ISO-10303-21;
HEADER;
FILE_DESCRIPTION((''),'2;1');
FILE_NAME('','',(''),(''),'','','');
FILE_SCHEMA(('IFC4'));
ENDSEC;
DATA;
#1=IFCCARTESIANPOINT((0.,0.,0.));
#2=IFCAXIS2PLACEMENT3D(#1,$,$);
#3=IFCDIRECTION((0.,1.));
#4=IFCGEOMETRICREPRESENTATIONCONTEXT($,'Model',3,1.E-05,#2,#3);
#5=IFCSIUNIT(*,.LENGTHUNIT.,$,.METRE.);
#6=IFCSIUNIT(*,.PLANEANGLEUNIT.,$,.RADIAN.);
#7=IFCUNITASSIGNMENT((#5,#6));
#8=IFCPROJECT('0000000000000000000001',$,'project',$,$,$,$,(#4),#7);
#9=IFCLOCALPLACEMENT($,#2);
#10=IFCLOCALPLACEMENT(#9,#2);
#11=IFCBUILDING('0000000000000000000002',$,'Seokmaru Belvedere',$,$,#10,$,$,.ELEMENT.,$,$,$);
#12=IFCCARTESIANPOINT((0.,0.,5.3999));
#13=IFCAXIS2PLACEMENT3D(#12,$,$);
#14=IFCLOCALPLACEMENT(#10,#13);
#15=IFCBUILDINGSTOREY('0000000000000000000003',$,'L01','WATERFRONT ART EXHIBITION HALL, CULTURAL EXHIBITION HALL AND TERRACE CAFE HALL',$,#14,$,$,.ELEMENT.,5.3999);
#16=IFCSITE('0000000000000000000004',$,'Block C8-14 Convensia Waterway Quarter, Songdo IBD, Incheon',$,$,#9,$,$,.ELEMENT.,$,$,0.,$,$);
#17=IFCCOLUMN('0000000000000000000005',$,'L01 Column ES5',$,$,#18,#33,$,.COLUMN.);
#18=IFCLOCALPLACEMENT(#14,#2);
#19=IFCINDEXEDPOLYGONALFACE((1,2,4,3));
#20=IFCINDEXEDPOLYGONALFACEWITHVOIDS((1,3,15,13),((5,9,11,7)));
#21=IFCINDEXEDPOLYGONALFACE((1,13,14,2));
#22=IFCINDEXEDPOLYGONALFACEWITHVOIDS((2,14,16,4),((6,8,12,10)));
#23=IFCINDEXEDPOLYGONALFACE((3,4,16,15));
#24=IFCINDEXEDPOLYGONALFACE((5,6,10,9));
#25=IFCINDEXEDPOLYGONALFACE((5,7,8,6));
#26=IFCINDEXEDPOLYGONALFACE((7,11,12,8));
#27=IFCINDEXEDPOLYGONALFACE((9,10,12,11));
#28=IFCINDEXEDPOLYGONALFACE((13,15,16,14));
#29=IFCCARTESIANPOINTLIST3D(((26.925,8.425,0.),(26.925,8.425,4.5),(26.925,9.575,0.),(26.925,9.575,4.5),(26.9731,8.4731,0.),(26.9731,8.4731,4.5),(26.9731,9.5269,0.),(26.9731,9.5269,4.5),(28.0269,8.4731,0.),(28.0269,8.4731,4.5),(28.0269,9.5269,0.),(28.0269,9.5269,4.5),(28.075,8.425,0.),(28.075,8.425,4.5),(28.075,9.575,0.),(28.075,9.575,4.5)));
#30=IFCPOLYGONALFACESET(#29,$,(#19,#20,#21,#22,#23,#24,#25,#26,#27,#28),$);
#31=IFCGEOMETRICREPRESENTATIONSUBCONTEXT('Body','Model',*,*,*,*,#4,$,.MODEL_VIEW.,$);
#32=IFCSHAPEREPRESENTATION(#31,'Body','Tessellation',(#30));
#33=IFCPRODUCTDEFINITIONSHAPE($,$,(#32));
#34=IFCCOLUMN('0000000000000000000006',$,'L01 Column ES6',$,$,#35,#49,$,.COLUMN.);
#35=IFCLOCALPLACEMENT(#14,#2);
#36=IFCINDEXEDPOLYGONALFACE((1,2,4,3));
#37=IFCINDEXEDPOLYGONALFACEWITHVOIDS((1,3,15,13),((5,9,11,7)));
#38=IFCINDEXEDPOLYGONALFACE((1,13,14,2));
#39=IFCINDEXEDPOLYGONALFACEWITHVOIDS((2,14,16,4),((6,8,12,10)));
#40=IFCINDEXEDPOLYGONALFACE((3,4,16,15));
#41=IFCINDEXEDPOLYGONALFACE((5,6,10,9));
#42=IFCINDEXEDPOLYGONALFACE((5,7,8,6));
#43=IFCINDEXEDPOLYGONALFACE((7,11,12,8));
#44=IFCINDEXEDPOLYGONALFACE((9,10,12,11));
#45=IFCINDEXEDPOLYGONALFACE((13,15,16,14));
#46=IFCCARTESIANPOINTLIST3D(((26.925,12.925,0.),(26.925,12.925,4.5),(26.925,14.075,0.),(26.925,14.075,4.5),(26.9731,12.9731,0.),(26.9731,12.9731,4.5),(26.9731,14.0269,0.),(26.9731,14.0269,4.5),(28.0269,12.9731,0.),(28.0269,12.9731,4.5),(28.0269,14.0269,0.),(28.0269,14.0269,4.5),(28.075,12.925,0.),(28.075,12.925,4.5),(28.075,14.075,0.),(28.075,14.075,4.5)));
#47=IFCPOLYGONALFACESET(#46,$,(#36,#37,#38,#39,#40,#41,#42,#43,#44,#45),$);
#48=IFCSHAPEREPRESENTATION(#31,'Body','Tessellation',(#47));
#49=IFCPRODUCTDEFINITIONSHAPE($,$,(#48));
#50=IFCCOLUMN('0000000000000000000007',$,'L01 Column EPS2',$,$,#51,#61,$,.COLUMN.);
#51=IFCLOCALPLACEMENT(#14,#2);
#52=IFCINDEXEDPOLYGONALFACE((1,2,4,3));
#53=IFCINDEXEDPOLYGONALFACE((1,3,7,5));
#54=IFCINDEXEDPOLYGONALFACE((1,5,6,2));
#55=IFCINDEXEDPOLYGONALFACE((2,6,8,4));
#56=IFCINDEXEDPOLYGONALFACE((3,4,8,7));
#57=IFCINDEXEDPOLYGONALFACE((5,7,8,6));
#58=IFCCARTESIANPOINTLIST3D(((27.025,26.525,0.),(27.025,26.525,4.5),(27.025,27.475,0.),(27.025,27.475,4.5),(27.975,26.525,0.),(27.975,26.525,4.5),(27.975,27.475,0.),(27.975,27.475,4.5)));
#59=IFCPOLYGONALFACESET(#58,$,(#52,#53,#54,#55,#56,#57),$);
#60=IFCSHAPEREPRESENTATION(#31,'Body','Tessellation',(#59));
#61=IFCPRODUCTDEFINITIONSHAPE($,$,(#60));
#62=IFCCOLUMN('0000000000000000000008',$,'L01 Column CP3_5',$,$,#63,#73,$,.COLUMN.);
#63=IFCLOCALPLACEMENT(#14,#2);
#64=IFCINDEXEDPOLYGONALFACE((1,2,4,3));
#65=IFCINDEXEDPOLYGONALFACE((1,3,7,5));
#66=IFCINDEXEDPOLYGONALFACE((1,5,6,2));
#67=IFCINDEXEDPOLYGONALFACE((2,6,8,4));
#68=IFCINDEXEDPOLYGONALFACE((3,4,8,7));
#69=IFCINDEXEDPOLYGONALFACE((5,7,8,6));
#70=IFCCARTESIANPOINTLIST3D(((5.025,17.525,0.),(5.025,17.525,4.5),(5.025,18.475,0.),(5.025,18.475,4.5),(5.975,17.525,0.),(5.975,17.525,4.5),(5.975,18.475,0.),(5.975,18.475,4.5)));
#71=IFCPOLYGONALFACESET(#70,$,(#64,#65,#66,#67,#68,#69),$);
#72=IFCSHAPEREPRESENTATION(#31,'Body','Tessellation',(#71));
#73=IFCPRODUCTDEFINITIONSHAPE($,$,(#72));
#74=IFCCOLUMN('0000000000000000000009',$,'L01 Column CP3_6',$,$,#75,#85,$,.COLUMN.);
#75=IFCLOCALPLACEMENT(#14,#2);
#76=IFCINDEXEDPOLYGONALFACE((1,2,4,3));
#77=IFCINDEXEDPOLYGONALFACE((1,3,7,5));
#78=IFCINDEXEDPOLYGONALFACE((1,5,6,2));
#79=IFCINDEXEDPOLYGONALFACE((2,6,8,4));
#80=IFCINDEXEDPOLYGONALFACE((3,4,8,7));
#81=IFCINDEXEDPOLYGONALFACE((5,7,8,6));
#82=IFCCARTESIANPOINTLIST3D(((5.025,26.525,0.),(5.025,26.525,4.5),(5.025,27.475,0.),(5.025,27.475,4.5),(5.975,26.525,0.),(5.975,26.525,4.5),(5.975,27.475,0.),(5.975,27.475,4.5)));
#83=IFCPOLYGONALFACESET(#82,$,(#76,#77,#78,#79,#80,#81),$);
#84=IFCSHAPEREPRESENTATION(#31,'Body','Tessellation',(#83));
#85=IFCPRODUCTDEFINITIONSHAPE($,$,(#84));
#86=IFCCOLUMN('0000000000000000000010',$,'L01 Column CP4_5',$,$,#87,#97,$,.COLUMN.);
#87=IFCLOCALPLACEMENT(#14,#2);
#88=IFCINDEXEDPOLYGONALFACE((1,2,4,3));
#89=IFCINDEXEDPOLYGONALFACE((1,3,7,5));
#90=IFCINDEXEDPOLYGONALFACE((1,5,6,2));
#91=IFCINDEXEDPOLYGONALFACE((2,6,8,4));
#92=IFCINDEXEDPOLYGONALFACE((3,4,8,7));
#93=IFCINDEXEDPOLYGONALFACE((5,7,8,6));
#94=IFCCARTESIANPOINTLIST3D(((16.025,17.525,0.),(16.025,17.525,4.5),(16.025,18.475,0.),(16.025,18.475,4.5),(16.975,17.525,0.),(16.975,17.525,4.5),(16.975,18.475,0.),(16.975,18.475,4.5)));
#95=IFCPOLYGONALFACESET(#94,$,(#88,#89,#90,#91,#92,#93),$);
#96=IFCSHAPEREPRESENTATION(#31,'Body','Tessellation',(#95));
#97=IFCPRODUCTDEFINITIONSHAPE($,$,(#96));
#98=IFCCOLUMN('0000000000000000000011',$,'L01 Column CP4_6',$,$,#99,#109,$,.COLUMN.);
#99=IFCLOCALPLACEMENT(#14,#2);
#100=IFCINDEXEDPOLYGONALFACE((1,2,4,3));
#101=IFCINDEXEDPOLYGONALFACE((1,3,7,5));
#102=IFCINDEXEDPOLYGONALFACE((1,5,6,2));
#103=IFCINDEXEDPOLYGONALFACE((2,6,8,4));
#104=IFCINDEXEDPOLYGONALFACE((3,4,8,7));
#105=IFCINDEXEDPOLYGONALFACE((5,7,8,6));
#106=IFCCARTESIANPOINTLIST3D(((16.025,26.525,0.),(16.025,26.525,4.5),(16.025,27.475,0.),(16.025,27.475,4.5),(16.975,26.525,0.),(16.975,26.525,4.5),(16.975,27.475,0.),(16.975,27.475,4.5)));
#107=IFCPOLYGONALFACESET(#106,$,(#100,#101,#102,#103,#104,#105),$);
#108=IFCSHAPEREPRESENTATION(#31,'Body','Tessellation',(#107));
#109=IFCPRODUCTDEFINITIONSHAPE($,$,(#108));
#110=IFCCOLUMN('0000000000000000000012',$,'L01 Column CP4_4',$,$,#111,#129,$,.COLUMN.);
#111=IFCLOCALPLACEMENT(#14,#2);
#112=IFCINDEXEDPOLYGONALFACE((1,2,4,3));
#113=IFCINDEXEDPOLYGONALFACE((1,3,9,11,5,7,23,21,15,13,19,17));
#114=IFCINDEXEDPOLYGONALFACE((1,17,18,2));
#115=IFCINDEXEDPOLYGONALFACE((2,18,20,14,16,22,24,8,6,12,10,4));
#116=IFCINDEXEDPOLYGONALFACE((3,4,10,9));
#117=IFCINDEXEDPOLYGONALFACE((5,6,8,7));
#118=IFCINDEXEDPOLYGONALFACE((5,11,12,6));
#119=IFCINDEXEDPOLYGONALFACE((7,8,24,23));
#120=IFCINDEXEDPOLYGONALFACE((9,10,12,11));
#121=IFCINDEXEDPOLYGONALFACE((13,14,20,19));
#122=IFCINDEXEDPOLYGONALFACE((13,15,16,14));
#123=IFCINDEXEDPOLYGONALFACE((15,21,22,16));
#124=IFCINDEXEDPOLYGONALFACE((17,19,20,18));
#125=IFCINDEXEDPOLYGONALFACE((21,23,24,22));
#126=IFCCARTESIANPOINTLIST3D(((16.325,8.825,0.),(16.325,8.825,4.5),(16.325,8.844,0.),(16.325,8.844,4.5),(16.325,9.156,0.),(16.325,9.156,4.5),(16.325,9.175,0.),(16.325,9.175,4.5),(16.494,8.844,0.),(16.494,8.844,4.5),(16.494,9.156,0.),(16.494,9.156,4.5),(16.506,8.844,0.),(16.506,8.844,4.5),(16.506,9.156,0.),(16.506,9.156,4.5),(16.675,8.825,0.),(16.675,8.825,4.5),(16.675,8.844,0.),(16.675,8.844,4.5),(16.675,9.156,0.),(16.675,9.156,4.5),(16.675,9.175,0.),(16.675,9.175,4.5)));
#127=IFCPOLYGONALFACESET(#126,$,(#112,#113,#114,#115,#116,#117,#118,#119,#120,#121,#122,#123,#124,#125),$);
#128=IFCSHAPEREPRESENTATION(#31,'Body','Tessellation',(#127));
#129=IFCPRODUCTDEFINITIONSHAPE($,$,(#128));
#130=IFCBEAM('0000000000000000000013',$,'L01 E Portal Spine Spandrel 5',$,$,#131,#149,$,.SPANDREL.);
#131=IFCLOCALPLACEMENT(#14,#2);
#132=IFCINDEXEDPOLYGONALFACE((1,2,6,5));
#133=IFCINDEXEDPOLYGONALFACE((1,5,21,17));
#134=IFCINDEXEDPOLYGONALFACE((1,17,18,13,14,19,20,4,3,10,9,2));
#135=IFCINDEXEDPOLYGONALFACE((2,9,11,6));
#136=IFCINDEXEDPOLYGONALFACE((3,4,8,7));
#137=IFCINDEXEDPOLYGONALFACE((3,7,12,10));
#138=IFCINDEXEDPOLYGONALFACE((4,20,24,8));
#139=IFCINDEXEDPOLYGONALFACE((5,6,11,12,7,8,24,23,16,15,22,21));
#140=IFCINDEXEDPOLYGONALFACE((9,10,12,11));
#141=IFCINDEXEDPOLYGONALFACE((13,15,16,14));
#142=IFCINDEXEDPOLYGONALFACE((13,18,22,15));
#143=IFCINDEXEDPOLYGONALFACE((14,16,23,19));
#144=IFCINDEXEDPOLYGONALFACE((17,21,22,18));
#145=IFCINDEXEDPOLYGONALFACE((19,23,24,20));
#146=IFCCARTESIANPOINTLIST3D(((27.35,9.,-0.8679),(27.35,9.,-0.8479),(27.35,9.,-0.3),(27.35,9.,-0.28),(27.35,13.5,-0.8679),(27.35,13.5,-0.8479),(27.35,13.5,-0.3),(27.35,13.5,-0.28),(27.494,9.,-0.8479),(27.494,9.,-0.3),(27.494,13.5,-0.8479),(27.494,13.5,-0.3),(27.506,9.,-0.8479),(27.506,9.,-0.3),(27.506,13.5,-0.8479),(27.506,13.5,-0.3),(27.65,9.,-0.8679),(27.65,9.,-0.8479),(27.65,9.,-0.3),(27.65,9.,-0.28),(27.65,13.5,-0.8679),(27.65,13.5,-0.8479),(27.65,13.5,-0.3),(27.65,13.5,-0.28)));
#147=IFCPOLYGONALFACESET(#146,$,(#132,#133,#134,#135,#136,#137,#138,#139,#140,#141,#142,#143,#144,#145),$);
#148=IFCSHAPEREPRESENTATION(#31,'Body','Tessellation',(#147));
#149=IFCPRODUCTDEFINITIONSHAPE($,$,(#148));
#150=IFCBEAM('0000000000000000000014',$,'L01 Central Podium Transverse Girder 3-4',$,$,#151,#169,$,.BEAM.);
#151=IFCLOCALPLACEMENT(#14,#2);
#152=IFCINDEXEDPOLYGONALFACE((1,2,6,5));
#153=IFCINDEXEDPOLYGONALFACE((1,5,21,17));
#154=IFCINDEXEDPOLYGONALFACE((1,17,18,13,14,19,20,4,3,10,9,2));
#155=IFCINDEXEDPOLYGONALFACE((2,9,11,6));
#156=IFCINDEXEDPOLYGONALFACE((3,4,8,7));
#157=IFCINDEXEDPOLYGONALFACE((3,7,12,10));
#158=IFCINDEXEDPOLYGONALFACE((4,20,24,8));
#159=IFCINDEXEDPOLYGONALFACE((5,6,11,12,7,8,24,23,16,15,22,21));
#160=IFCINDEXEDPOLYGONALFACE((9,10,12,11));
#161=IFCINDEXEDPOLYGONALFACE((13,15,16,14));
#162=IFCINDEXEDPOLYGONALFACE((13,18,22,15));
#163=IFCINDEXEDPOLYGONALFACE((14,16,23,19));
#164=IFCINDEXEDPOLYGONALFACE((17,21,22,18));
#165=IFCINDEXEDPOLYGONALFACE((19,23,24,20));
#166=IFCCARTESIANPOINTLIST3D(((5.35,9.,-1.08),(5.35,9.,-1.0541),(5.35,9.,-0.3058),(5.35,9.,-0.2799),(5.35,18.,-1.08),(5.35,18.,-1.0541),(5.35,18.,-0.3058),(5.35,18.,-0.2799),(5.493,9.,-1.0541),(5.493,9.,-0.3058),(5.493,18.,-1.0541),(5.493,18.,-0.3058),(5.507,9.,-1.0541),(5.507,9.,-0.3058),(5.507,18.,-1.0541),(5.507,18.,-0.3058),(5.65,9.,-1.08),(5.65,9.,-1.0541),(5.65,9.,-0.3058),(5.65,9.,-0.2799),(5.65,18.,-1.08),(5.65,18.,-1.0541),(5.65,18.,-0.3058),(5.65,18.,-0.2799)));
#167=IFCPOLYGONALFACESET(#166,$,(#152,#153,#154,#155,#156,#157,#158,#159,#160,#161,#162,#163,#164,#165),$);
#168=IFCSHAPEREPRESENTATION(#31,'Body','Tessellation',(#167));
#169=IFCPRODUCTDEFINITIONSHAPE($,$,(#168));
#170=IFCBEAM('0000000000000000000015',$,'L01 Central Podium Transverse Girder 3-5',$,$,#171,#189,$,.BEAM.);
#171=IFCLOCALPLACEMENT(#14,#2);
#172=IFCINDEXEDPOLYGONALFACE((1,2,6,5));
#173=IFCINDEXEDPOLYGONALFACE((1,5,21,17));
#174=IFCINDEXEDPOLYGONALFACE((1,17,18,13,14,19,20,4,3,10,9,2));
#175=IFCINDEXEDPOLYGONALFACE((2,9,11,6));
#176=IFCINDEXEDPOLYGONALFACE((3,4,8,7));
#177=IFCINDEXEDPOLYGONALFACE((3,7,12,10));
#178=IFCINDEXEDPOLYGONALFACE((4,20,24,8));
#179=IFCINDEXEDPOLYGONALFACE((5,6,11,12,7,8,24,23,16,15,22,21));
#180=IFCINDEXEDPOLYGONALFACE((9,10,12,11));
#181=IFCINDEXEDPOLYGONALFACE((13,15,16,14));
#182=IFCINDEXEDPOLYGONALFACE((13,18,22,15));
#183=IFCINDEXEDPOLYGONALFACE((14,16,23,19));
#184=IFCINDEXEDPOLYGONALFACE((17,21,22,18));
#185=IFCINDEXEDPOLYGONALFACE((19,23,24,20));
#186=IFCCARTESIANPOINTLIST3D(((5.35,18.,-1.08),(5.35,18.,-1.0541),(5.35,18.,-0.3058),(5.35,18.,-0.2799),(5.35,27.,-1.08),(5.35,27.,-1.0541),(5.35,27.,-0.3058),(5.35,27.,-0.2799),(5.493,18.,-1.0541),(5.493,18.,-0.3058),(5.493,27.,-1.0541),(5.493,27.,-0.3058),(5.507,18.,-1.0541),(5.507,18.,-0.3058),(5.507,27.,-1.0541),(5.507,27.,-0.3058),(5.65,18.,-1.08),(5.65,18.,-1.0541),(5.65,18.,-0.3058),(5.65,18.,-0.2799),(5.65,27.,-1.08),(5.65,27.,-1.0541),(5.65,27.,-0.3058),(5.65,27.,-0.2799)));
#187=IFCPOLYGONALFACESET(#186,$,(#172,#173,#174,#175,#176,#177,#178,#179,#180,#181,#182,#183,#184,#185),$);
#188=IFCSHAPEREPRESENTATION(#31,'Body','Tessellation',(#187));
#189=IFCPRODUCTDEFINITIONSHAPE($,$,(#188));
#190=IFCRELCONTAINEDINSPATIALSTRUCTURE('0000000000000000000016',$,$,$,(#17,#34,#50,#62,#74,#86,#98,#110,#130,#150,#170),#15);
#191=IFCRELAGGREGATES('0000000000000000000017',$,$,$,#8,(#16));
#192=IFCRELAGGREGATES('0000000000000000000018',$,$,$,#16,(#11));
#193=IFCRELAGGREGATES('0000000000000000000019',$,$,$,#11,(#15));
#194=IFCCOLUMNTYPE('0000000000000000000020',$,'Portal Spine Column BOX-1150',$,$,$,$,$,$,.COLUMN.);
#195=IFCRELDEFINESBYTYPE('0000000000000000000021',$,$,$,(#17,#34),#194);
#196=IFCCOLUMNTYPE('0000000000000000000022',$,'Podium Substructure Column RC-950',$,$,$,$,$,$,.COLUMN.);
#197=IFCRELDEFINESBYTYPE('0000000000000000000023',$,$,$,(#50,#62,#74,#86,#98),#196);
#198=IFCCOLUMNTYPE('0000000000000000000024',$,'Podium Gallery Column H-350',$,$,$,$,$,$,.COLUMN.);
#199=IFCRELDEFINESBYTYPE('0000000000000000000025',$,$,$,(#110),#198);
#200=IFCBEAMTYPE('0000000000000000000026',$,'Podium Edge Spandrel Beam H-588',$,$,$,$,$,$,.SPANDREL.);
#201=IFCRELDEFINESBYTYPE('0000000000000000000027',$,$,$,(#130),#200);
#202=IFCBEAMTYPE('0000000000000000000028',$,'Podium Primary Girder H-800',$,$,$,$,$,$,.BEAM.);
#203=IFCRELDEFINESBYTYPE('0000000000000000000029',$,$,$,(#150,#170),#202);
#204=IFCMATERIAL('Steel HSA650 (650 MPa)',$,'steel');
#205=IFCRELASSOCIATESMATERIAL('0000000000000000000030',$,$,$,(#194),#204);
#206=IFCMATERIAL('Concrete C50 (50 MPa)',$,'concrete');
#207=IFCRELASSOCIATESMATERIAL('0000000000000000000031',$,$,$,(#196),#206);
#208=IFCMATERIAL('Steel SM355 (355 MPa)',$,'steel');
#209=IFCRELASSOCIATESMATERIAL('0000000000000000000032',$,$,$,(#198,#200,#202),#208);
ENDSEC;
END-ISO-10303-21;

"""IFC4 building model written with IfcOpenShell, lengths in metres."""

from ifc_helpers import new_model, si_unit, direction, frame, origin, origin_2d, place, context, subcontext, project, spatial, rectangle, hollow_rectangle, i_section, extrude, source, transform, mapped, material, material_profile, profile_set, type_object, type_shapes, element, save


model = new_model("IFC4")

# Units and contexts
model_context = context("Model", 3, precision=1e-05, world=origin(), true_north=direction((0.0, 1.0)))
body_context = subcontext(model_context, "Body", "Model", "MODEL_VIEW")
ifc_project = project(units=[si_unit("LENGTHUNIT", "METRE"), si_unit("PLANEANGLEUNIT", "RADIAN")], contexts=[model_context])

# Site, building, storey
site_placement = place(None, origin())
site = spatial("IfcSite", under=ifc_project, at=site_placement, Name="Block C8-14 Convensia Waterway Quarter, Songdo IBD, Incheon", CompositionType="ELEMENT", RefElevation=0.0)
building_placement = place(site_placement, origin())
building = spatial("IfcBuilding", under=site, at=building_placement, Name="Seokmaru Belvedere", CompositionType="ELEMENT")
storey_placement = place(building_placement, frame((0.0, 0.0, 5.3999)))
storey = spatial("IfcBuildingStorey", under=building, at=storey_placement, Name="L01", Description="WATERFRONT ART EXHIBITION HALL, CULTURAL EXHIBITION HALL AND TERRACE CAFE HALL", CompositionType="ELEMENT", Elevation=5.3999)

# Columns
ifc_material_1 = material(Name="Steel HSA650 (650 MPa)", Category="steel")
ifc_material_profile_1 = material_profile(ifc_material_1, hollow_rectangle(XDim=1.1499, YDim=1.1499, WallThickness=0.0481, at=origin_2d()), Name="BOX-1150x1150x48")
ifc_profile_set_1 = profile_set([ifc_material_profile_1], Name="Steel HSA650 (650 MPa)")
column_type_1 = type_object("IfcColumnType", Name="Portal Spine Column BOX-1150", PredefinedType="COLUMN", material=ifc_profile_set_1)
shared_shape_1 = source(origin(), body_context, "Body", "SweptSolid", [
    extrude(hollow_rectangle(XDim=1.1499, YDim=1.1499, WallThickness=0.0481, at=origin_2d()), origin(), (0.0, 0.0, 1.0), 4.5),
])
type_shapes(column_type_1, [shared_shape_1])
for number, where, z_axis, x_axis, name in (
    (1, (27.5, 9.0, 0.0), (0.0, 0.0, 1.0), (1.0, 0.0, 0.0), "L01 Column ES5"),
    (2, (27.5, 13.5, 0.0), (0.0, 0.0, 1.0), (1.0, 0.0, 0.0), "L01 Column ES6"),
):
    element("IfcColumn", number, at=place(storey_placement, frame(where, z_axis=z_axis, x_axis=x_axis)), inside=storey, type_object=column_type_1, Name=name, PredefinedType="COLUMN", context=body_context, shape_type="MappedRepresentation", body=[
        mapped(shared_shape_1, transform((0.0, 0.0, 0.0), scale=1.0)),
    ])
ifc_material_2 = material(Name="Concrete C50 (50 MPa)", Category="concrete")
ifc_material_profile_2 = material_profile(ifc_material_2, rectangle(XDim=0.95, YDim=0.95, at=origin_2d()), Name="RC-950x950")
ifc_profile_set_2 = profile_set([ifc_material_profile_2], Name="Concrete C50 (50 MPa)")
column_type_2 = type_object("IfcColumnType", Name="Podium Substructure Column RC-950", PredefinedType="COLUMN", material=ifc_profile_set_2)
shared_shape_2 = source(origin(), body_context, "Body", "SweptSolid", [
    extrude(rectangle(XDim=0.95, YDim=0.95, at=origin_2d()), origin(), (0.0, 0.0, 1.0), 4.5),
])
type_shapes(column_type_2, [shared_shape_2])
for number, where, z_axis, x_axis, name in (
    (3, (27.5, 27.0, 0.0), (0.0, 0.0, 1.0), (1.0, 0.0, 0.0), "L01 Column EPS2"),
    (4, (5.5, 18.0, 0.0), (0.0, 0.0, 1.0), (1.0, 0.0, 0.0), "L01 Column CP3_5"),
    (5, (5.5, 27.0, 0.0), (0.0, 0.0, 1.0), (1.0, 0.0, 0.0), "L01 Column CP3_6"),
    (6, (16.5, 18.0, 0.0), (0.0, 0.0, 1.0), (1.0, 0.0, 0.0), "L01 Column CP4_5"),
    (7, (16.5, 27.0, 0.0), (0.0, 0.0, 1.0), (1.0, 0.0, 0.0), "L01 Column CP4_6"),
):
    element("IfcColumn", number, at=place(storey_placement, frame(where, z_axis=z_axis, x_axis=x_axis)), inside=storey, type_object=column_type_2, Name=name, PredefinedType="COLUMN", context=body_context, shape_type="MappedRepresentation", body=[
        mapped(shared_shape_2, transform((0.0, 0.0, 0.0), scale=1.0)),
    ])
ifc_material_3 = material(Name="Steel SM355 (355 MPa)", Category="steel")
ifc_material_profile_3 = material_profile(ifc_material_3, i_section(OverallWidth=0.3501, OverallDepth=0.3501, WebThickness=0.012, FlangeThickness=0.019, at=origin_2d()), Name="H-350x350x12x19")
ifc_profile_set_3 = profile_set([ifc_material_profile_3], Name="Steel SM355 (355 MPa)")
column_type_3 = type_object("IfcColumnType", Name="Podium Gallery Column H-350", PredefinedType="COLUMN", material=ifc_profile_set_3)
shared_shape_3 = source(origin(), body_context, "Body", "SweptSolid", [
    extrude(i_section(OverallWidth=0.3501, OverallDepth=0.3501, WebThickness=0.012, FlangeThickness=0.019, at=origin_2d()), origin(), (0.0, 0.0, 1.0), 4.5),
])
type_shapes(column_type_3, [shared_shape_3])
column_placement = place(storey_placement, frame((16.5, 9.0, 0.0), z_axis=(0.0, 0.0, 1.0), x_axis=(1.0, 0.0, 0.0)))
element("IfcColumn", 8, at=column_placement, inside=storey, type_object=column_type_3, Name="L01 Column CP4_4", PredefinedType="COLUMN", context=body_context, shape_type="MappedRepresentation", body=[
    mapped(shared_shape_3, transform((0.0, 0.0, 0.0), scale=1.0)),
])

# Beams
ifc_material_profile_4 = material_profile(ifc_material_3, i_section(OverallWidth=0.3, OverallDepth=0.5879, WebThickness=0.012, FlangeThickness=0.02, at=origin_2d()), Name="H-588x300x12x20")
ifc_profile_set_4 = profile_set([ifc_material_profile_4], Name="Steel SM355 (355 MPa)")
beam_type_1 = type_object("IfcBeamType", Name="Podium Edge Spandrel Beam H-588", PredefinedType="SPANDREL", material=ifc_profile_set_4)
shared_shape_4 = source(origin(), body_context, "Body", "SweptSolid", [
    extrude(i_section(OverallWidth=0.3, OverallDepth=0.5879, WebThickness=0.012, FlangeThickness=0.02, at=origin_2d()), origin(), (0.0, 0.0, 1.0), 4.5),
])
type_shapes(beam_type_1, [shared_shape_4])
beam_1_placement = place(storey_placement, frame((27.5, 9.0, -0.574), z_axis=(0.0, 1.0, 0.0), x_axis=(-1.0, 0.0, 0.0)))
element("IfcBeam", 9, at=beam_1_placement, inside=storey, type_object=beam_type_1, Name="L01 E Portal Spine Spandrel 5", PredefinedType="SPANDREL", context=body_context, shape_type="MappedRepresentation", body=[
    mapped(shared_shape_4, transform((0.0, 0.0, 0.0), scale=1.0)),
])
ifc_material_profile_5 = material_profile(ifc_material_3, i_section(OverallWidth=0.3, OverallDepth=0.8, WebThickness=0.0139, FlangeThickness=0.0259, at=origin_2d()), Name="H-800x300x14x26")
ifc_profile_set_5 = profile_set([ifc_material_profile_5], Name="Steel SM355 (355 MPa)")
beam_type_2 = type_object("IfcBeamType", Name="Podium Primary Girder H-800", PredefinedType="BEAM", material=ifc_profile_set_5)
shared_shape_5 = source(origin(), body_context, "Body", "SweptSolid", [
    extrude(i_section(OverallWidth=0.3, OverallDepth=0.8, WebThickness=0.0139, FlangeThickness=0.0259, at=origin_2d()), origin(), (0.0, 0.0, 1.0), 9.0),
])
for number, where, z_axis, x_axis, name in (
    (10, (5.5, 9.0, -0.6799), (0.0, 1.0, 0.0), (-1.0, 0.0, 0.0), "L01 Central Podium Transverse Girder 3-4"),
    (11, (5.5, 18.0, -0.6799), (0.0, 1.0, 0.0), (-1.0, 0.0, 0.0), "L01 Central Podium Transverse Girder 3-5"),
):
    element("IfcBeam", number, at=place(storey_placement, frame(where, z_axis=z_axis, x_axis=x_axis)), inside=storey, type_object=beam_type_2, Name=name, PredefinedType="BEAM", context=body_context, shape_type="MappedRepresentation", body=[
        mapped(shared_shape_5, transform((0.0, 0.0, 0.0), scale=1.0)),
    ])

save(model, "model.ifc")
